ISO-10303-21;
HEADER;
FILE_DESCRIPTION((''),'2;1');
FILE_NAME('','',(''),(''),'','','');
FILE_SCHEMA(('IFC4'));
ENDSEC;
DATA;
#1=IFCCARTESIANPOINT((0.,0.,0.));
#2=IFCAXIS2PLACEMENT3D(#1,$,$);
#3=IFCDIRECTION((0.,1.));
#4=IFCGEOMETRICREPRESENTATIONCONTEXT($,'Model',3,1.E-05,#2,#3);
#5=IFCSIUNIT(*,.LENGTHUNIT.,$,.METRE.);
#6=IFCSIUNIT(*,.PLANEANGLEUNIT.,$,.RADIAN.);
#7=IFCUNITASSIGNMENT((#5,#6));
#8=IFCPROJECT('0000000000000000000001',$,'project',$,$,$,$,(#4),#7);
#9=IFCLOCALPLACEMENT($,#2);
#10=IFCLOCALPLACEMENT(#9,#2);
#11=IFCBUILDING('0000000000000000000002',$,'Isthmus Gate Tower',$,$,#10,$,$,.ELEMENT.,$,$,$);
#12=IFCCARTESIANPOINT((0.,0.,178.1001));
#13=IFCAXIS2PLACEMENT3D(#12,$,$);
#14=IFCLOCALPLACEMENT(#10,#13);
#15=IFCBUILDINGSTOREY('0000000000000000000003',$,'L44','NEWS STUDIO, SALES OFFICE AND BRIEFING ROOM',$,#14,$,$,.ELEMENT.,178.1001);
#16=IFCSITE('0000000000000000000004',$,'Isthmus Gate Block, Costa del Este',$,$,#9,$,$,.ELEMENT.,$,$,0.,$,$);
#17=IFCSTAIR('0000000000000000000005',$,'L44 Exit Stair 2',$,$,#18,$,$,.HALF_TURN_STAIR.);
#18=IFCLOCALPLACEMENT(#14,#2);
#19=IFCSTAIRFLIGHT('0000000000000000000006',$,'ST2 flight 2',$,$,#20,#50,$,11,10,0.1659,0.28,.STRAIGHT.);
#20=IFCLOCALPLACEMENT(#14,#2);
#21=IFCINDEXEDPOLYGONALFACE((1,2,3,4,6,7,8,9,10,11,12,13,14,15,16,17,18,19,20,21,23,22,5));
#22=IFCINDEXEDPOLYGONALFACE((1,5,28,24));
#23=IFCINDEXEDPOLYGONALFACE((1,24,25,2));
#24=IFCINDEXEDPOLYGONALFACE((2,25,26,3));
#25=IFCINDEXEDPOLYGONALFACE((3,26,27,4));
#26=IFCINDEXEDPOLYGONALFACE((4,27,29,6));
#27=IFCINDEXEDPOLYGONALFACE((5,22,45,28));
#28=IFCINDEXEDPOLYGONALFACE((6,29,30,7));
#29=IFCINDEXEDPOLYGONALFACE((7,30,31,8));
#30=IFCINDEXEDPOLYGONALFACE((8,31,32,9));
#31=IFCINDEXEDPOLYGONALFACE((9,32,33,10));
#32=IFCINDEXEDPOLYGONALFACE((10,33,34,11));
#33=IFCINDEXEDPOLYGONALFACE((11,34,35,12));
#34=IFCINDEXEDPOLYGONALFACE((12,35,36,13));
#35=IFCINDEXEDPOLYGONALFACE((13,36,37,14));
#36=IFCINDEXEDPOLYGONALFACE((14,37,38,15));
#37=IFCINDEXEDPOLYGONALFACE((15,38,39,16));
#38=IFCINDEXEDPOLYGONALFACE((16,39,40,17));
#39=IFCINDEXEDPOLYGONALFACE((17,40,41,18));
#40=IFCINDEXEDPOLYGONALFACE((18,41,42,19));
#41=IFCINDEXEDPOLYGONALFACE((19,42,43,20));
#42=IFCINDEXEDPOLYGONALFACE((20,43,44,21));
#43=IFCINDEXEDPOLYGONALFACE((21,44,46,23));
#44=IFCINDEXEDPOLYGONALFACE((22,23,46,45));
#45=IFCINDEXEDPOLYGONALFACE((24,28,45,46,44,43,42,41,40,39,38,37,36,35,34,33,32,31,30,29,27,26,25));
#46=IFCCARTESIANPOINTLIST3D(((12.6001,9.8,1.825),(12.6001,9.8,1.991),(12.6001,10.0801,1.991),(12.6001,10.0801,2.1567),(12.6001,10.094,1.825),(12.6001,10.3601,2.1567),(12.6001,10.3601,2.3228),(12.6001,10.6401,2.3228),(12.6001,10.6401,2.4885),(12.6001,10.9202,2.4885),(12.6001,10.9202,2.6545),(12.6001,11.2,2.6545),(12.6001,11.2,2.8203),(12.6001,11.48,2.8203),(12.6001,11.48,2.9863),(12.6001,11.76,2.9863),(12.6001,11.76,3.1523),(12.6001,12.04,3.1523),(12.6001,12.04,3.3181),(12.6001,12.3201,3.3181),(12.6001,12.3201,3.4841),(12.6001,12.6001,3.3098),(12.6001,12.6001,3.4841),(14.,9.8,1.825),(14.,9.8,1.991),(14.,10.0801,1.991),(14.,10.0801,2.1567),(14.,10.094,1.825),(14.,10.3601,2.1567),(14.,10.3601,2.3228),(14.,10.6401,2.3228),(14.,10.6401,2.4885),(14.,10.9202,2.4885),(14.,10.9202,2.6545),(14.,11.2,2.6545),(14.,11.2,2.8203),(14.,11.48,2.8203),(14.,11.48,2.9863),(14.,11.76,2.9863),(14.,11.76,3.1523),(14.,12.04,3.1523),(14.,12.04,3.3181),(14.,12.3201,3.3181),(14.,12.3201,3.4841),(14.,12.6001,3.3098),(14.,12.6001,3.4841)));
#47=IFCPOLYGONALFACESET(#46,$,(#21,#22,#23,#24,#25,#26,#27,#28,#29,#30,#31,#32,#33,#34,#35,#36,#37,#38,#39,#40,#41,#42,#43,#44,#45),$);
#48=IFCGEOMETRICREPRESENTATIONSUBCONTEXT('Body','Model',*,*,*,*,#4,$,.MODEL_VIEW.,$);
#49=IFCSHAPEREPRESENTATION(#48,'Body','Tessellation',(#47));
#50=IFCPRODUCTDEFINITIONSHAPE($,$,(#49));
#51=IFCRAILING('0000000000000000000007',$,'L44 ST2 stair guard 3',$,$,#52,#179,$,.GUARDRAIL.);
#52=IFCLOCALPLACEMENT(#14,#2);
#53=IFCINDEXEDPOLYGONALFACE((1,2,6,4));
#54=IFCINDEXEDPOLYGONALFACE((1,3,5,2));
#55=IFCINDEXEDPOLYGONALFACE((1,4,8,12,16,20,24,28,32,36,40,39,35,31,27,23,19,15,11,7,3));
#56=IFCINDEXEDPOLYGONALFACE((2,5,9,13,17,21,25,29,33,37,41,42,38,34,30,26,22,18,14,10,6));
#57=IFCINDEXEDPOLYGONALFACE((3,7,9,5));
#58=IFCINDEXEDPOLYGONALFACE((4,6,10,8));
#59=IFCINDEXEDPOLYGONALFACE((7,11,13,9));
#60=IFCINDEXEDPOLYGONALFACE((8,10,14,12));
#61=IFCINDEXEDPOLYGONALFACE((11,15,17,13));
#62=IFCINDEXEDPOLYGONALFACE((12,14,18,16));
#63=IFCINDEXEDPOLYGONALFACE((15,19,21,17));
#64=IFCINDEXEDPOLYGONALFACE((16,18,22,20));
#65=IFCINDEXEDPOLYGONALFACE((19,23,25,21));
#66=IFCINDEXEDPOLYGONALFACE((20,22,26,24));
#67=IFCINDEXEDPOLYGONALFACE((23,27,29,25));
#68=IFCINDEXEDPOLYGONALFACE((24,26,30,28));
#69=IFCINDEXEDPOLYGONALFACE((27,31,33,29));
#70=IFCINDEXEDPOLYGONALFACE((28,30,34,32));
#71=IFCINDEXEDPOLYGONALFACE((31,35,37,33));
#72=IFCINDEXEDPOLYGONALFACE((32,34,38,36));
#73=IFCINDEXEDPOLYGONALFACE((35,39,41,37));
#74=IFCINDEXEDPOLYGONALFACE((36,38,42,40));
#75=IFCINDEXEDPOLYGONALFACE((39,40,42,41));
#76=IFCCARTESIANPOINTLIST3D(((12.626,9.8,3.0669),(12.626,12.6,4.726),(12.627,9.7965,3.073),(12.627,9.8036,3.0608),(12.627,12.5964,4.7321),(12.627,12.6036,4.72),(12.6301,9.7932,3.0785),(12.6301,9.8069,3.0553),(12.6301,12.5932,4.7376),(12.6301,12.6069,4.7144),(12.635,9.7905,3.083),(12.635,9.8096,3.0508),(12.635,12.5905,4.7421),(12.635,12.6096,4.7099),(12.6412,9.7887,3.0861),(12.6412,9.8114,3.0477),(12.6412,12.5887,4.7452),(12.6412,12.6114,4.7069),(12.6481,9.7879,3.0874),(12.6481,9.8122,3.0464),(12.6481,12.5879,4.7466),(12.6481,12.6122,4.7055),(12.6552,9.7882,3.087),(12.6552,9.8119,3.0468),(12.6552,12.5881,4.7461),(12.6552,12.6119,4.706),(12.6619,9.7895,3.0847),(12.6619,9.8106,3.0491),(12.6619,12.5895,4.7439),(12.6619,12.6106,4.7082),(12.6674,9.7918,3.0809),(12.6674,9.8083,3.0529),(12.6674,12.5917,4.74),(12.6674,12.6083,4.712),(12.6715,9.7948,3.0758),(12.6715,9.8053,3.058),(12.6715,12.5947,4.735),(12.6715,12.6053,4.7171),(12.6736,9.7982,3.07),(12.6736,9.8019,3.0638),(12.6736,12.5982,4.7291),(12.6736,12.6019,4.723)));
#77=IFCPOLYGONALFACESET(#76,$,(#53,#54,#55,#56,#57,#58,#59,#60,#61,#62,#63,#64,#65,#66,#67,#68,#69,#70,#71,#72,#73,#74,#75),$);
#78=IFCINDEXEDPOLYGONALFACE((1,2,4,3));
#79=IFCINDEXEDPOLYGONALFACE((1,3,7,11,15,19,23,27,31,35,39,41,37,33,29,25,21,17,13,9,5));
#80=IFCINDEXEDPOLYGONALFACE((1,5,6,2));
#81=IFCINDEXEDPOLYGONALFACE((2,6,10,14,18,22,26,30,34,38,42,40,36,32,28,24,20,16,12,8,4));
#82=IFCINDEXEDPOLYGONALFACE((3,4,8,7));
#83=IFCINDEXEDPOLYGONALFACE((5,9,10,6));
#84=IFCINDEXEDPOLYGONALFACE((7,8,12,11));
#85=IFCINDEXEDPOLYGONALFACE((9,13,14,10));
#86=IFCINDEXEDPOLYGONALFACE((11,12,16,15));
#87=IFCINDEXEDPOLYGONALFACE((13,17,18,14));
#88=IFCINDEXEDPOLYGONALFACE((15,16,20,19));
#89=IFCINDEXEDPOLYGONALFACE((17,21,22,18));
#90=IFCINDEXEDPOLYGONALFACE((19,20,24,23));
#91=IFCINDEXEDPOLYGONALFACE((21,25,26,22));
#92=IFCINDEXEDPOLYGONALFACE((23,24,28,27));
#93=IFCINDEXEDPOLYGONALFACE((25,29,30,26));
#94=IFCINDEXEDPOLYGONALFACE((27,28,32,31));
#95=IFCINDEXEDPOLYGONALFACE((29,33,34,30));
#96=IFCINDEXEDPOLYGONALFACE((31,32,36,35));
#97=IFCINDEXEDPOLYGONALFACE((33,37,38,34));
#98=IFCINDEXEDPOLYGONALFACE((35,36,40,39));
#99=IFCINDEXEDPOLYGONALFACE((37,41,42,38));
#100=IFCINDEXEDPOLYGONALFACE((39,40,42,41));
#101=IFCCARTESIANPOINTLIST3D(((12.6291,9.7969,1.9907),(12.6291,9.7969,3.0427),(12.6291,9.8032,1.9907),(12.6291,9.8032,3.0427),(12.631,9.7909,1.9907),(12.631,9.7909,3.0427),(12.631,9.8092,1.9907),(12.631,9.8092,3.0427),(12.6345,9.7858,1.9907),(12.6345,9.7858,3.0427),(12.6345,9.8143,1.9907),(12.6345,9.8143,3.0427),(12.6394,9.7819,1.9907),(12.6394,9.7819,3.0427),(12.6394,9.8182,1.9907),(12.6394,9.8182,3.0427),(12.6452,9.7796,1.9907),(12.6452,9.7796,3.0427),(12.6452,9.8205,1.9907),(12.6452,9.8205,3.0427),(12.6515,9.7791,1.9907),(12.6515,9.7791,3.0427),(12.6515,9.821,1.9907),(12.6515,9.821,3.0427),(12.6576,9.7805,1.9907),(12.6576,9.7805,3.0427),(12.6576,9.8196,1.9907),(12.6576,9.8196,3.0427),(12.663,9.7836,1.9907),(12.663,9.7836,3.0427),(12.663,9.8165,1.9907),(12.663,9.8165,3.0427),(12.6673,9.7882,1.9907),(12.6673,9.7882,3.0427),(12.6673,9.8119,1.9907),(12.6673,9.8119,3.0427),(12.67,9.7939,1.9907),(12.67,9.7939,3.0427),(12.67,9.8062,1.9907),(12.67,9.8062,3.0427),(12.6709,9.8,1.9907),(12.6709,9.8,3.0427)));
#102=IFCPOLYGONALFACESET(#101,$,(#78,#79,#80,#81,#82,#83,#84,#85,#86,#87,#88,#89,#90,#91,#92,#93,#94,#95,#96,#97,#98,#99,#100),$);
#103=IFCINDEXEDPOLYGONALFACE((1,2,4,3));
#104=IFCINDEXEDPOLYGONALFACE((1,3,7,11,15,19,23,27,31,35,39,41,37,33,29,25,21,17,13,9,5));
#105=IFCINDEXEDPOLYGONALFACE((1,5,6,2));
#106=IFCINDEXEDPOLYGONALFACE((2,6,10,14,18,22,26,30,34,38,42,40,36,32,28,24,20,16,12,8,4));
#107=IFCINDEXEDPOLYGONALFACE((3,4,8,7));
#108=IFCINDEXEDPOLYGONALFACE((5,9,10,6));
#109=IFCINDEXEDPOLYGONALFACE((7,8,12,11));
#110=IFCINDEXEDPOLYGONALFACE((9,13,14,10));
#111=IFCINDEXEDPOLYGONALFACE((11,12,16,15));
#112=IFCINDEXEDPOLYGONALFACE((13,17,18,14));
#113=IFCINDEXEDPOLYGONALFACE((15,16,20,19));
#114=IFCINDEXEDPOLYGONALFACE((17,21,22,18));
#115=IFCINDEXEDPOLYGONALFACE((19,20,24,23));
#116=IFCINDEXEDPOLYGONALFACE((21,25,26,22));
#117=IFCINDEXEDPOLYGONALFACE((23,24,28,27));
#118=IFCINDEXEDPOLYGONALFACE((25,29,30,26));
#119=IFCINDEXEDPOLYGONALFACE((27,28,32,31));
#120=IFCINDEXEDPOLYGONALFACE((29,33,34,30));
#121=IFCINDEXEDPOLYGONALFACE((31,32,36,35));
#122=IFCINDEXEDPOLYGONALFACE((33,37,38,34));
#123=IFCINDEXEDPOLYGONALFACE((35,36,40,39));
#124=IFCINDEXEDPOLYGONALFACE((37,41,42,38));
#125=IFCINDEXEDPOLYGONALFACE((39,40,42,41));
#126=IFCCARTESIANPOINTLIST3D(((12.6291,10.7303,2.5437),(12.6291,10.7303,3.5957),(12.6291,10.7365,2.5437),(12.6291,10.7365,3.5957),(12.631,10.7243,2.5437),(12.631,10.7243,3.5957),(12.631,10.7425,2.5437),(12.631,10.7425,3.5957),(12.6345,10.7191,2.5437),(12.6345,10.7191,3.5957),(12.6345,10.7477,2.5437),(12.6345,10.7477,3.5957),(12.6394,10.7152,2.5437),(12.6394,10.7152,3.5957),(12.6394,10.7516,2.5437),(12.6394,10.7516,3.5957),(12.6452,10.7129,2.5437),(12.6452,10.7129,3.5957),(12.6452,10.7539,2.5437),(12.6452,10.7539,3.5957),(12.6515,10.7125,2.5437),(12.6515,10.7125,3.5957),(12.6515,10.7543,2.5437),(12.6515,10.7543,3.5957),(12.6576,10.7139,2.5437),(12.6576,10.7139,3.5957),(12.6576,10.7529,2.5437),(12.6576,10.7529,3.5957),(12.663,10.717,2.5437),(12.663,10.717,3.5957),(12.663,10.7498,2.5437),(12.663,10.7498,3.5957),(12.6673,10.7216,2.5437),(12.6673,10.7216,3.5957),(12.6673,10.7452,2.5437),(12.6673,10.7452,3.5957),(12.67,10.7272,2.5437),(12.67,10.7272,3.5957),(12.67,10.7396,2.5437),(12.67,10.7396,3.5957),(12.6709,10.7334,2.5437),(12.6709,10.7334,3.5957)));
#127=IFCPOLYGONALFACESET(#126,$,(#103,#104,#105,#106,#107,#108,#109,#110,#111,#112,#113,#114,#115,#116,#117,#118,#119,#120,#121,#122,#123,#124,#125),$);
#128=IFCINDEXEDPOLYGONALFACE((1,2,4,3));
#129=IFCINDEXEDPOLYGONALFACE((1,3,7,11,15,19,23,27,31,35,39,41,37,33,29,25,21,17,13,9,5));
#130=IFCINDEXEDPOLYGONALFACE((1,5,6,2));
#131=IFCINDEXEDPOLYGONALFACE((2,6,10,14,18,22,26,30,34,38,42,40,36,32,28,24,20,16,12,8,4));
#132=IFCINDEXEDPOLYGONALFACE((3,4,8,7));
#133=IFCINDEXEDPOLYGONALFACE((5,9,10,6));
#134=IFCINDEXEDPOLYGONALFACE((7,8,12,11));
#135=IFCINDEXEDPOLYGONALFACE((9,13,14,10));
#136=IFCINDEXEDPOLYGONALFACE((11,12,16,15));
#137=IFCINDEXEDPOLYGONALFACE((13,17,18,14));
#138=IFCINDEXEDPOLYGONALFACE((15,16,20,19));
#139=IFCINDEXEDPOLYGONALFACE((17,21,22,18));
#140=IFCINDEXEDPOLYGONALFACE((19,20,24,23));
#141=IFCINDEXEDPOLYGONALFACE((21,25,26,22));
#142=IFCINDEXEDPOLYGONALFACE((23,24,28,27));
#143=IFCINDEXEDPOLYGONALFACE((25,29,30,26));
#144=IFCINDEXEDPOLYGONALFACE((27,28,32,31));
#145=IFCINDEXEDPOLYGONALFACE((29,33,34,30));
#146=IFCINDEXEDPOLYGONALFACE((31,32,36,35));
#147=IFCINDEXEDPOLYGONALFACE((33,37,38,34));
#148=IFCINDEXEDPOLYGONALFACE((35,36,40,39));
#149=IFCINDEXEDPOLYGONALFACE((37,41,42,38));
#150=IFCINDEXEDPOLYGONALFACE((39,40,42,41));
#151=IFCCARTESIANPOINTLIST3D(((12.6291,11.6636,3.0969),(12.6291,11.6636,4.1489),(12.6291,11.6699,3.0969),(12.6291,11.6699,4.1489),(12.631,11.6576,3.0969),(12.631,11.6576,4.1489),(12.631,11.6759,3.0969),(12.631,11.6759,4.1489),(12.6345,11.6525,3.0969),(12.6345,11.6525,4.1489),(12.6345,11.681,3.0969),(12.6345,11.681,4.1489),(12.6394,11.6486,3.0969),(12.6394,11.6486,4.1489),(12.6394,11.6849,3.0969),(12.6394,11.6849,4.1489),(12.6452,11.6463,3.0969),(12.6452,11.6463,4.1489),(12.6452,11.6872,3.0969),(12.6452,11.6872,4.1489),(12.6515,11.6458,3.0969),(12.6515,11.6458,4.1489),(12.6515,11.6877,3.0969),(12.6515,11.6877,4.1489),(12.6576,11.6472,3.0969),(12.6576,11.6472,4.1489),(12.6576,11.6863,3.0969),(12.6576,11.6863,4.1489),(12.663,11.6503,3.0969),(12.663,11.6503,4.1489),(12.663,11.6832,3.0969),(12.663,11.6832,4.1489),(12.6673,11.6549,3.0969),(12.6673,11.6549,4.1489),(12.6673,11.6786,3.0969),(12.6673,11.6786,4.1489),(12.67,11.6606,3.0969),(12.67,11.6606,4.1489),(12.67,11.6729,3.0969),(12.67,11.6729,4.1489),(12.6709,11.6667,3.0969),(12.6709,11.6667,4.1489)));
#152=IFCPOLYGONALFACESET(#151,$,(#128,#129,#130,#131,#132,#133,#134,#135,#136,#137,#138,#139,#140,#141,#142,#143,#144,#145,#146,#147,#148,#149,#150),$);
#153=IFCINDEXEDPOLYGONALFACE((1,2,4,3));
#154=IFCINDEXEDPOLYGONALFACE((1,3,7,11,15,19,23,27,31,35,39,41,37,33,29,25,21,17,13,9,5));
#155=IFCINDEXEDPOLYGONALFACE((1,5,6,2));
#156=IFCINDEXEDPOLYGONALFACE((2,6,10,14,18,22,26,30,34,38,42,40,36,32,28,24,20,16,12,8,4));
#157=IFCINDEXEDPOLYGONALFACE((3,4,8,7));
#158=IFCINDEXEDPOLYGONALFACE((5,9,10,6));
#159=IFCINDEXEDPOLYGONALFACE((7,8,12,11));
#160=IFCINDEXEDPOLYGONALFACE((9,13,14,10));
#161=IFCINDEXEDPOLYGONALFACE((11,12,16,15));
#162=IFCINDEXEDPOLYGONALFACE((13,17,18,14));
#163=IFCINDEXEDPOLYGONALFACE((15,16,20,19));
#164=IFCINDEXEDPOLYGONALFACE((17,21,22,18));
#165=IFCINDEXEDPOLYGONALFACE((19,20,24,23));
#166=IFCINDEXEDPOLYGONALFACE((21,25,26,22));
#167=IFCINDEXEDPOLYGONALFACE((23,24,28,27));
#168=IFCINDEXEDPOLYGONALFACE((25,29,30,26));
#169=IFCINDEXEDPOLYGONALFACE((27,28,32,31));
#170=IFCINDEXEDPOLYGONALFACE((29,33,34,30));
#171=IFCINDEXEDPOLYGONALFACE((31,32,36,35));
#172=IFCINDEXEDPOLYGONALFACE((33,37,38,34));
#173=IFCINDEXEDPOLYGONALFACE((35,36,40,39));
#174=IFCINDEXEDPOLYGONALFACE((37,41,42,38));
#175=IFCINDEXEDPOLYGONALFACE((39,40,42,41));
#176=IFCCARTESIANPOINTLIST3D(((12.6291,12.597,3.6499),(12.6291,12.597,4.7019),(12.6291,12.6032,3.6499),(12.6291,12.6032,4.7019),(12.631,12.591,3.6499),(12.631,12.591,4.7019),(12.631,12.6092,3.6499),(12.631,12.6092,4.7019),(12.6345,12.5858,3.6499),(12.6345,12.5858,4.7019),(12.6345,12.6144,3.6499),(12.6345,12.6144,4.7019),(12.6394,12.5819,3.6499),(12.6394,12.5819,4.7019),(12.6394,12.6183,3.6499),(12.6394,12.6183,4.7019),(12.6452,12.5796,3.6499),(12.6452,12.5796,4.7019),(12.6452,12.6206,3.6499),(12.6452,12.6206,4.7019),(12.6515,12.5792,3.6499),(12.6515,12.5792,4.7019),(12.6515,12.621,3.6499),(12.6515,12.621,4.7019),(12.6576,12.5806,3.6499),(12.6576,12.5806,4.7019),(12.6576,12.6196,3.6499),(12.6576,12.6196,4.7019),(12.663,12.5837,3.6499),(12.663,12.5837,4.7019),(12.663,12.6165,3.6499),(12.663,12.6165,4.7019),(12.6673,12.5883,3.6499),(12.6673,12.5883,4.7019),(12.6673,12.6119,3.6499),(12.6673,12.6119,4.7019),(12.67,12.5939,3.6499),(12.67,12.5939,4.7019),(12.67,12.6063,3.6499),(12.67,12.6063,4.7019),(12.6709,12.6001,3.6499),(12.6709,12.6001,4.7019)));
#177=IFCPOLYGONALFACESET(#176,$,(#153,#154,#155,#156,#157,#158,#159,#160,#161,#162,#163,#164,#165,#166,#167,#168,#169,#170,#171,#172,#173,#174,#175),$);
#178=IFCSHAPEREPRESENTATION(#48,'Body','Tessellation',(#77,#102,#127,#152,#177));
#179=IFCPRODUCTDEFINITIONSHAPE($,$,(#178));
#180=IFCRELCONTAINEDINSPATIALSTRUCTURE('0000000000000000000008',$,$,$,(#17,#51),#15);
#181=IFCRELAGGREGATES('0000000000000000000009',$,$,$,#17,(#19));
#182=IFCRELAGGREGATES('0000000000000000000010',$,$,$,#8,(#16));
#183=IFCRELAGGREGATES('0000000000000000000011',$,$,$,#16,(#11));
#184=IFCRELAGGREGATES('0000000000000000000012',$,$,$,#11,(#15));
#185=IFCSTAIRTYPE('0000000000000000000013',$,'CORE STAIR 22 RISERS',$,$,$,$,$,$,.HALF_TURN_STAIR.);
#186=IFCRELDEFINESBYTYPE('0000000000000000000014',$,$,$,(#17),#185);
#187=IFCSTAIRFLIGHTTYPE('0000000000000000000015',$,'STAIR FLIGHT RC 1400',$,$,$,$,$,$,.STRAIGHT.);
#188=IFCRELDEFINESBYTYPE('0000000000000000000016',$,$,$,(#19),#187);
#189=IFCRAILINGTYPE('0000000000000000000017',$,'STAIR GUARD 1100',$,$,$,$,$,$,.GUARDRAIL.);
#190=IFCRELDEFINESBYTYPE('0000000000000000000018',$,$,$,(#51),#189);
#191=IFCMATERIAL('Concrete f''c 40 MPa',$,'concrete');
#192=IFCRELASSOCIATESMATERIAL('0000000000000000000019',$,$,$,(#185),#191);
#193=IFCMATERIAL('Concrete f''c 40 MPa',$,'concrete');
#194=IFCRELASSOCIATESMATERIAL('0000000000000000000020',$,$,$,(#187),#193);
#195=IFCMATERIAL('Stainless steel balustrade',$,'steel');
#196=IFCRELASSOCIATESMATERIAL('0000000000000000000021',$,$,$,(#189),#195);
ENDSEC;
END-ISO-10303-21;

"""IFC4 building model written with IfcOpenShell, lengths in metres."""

from ifc_helpers import new_model, si_unit, direction, frame, origin, origin_2d, place, context, subcontext, project, spatial, polyline, circle, outline, extrude, material, type_object, element, aggregate, save


model = new_model("IFC4")

# Units and contexts
model_context = context("Model", 3, precision=1e-05, world=origin(), true_north=direction((0.0, 1.0)))
body_context = subcontext(model_context, "Body", "Model", "MODEL_VIEW")
ifc_project = project(units=[si_unit("LENGTHUNIT", "METRE"), si_unit("PLANEANGLEUNIT", "RADIAN")], contexts=[model_context])

# Site, building, storey
site_placement = place(None, origin())
site = spatial("IfcSite", under=ifc_project, at=site_placement, Name="Isthmus Gate Block, Costa del Este", CompositionType="ELEMENT", RefElevation=0.0)
building_placement = place(site_placement, origin())
building = spatial("IfcBuilding", under=site, at=building_placement, Name="Isthmus Gate Tower", CompositionType="ELEMENT")
storey_placement = place(building_placement, frame((0.0, 0.0, 178.1001)))
storey = spatial("IfcBuildingStorey", under=building, at=storey_placement, Name="L44", Description="NEWS STUDIO, SALES OFFICE AND BRIEFING ROOM", CompositionType="ELEMENT", Elevation=178.1001)

# Stair, stair flight
ifc_material_1 = material(Name="Concrete f'c 40 MPa", Category="concrete")
stair_type = type_object("IfcStairType", Name="CORE STAIR 22 RISERS", PredefinedType="HALF_TURN_STAIR", material=ifc_material_1)
stair_placement = place(storey_placement, origin())
stair = element("IfcStair", 1, at=stair_placement, inside=storey, type_object=stair_type, Name="L44 Exit Stair 2", PredefinedType="HALF_TURN_STAIR")
ifc_material_2 = material(Name="Concrete f'c 40 MPa", Category="concrete")
stair_flight_type = type_object("IfcStairFlightType", Name="STAIR FLIGHT RC 1400", PredefinedType="STRAIGHT", material=ifc_material_2)
stair_flight_placement = place(storey_placement, frame((13.3, 9.8, 1.825), z_axis=(0.0, 0.0, 1.0), x_axis=(0.0, 1.0, 0.0)))
stair_flight = element("IfcStairFlight", 2, at=stair_flight_placement, type_object=stair_flight_type, Name="ST2 flight 2", NumberOfRisers=11, NumberOfTreads=10, PredefinedType="STRAIGHT", RiserHeight=0.1659, TreadLength=0.28, context=body_context, shape_type="SweptSolid", body=[
    extrude(outline(polyline([(0.0, 0.0), (0.0, 0.166), (0.28, 0.166), (0.28, 0.3318), (0.5601, 0.3318), (0.5601, 0.4978), (0.8401, 0.4978), (0.8401, 0.6636), (1.1201, 0.6636), (1.1201, 0.8296), (1.3999, 0.8296), (1.3999, 0.9954), (1.6799, 0.9954), (1.6799, 1.1614), (1.96, 1.1614), (1.96, 1.3274), (2.24, 1.3274), (2.24, 1.4932), (2.52, 1.4932), (2.52, 1.6592), (2.8, 1.6592), (2.8, 1.825), (2.8, 1.4849), (0.2939, 0.0), (0.0, 0.0)])), frame((0.0, 0.7, 0.0), z_axis=(0.0, -1.0, 0.0), x_axis=(1.0, 0.0, 0.0)), (0.0, 0.0, 1.0), 1.3999),
])
aggregate(stair, [stair_flight])

# Railing
ifc_material_3 = material(Name="Stainless steel balustrade", Category="steel")
railing_type = type_object("IfcRailingType", Name="STAIR GUARD 1100", PredefinedType="GUARDRAIL", material=ifc_material_3)
railing_1_placement = place(storey_placement, frame((12.6499, 9.8, 1.9907)))
element("IfcRailing", 3, at=railing_1_placement, inside=storey, type_object=railing_type, Name="L44 ST2 stair guard 3", PredefinedType="GUARDRAIL", context=body_context, shape_type="SweptSolid", body=[
    extrude(circle(Radius=0.0239, at=origin_2d()), frame((0.0, 0.0, 1.0762), z_axis=(0.0, 0.860306, 0.509778), x_axis=(-1.0, 0.0, 0.0)), (0.0, 0.0, 1.0), 3.2546),
    extrude(circle(Radius=0.021, at=origin_2d()), origin(), (0.0, 0.0, 1.0), 1.052),
    extrude(circle(Radius=0.021, at=origin_2d()), frame((0.0, 0.9333, 0.553)), (0.0, 0.0, 1.0), 1.052),
    extrude(circle(Radius=0.021, at=origin_2d()), frame((0.0, 1.8667, 1.1062)), (0.0, 0.0, 1.0), 1.052),
    extrude(circle(Radius=0.021, at=origin_2d()), frame((0.0, 2.8, 1.6592)), (0.0, 0.0, 1.0), 1.052),
])

save(model, "model.ifc")
